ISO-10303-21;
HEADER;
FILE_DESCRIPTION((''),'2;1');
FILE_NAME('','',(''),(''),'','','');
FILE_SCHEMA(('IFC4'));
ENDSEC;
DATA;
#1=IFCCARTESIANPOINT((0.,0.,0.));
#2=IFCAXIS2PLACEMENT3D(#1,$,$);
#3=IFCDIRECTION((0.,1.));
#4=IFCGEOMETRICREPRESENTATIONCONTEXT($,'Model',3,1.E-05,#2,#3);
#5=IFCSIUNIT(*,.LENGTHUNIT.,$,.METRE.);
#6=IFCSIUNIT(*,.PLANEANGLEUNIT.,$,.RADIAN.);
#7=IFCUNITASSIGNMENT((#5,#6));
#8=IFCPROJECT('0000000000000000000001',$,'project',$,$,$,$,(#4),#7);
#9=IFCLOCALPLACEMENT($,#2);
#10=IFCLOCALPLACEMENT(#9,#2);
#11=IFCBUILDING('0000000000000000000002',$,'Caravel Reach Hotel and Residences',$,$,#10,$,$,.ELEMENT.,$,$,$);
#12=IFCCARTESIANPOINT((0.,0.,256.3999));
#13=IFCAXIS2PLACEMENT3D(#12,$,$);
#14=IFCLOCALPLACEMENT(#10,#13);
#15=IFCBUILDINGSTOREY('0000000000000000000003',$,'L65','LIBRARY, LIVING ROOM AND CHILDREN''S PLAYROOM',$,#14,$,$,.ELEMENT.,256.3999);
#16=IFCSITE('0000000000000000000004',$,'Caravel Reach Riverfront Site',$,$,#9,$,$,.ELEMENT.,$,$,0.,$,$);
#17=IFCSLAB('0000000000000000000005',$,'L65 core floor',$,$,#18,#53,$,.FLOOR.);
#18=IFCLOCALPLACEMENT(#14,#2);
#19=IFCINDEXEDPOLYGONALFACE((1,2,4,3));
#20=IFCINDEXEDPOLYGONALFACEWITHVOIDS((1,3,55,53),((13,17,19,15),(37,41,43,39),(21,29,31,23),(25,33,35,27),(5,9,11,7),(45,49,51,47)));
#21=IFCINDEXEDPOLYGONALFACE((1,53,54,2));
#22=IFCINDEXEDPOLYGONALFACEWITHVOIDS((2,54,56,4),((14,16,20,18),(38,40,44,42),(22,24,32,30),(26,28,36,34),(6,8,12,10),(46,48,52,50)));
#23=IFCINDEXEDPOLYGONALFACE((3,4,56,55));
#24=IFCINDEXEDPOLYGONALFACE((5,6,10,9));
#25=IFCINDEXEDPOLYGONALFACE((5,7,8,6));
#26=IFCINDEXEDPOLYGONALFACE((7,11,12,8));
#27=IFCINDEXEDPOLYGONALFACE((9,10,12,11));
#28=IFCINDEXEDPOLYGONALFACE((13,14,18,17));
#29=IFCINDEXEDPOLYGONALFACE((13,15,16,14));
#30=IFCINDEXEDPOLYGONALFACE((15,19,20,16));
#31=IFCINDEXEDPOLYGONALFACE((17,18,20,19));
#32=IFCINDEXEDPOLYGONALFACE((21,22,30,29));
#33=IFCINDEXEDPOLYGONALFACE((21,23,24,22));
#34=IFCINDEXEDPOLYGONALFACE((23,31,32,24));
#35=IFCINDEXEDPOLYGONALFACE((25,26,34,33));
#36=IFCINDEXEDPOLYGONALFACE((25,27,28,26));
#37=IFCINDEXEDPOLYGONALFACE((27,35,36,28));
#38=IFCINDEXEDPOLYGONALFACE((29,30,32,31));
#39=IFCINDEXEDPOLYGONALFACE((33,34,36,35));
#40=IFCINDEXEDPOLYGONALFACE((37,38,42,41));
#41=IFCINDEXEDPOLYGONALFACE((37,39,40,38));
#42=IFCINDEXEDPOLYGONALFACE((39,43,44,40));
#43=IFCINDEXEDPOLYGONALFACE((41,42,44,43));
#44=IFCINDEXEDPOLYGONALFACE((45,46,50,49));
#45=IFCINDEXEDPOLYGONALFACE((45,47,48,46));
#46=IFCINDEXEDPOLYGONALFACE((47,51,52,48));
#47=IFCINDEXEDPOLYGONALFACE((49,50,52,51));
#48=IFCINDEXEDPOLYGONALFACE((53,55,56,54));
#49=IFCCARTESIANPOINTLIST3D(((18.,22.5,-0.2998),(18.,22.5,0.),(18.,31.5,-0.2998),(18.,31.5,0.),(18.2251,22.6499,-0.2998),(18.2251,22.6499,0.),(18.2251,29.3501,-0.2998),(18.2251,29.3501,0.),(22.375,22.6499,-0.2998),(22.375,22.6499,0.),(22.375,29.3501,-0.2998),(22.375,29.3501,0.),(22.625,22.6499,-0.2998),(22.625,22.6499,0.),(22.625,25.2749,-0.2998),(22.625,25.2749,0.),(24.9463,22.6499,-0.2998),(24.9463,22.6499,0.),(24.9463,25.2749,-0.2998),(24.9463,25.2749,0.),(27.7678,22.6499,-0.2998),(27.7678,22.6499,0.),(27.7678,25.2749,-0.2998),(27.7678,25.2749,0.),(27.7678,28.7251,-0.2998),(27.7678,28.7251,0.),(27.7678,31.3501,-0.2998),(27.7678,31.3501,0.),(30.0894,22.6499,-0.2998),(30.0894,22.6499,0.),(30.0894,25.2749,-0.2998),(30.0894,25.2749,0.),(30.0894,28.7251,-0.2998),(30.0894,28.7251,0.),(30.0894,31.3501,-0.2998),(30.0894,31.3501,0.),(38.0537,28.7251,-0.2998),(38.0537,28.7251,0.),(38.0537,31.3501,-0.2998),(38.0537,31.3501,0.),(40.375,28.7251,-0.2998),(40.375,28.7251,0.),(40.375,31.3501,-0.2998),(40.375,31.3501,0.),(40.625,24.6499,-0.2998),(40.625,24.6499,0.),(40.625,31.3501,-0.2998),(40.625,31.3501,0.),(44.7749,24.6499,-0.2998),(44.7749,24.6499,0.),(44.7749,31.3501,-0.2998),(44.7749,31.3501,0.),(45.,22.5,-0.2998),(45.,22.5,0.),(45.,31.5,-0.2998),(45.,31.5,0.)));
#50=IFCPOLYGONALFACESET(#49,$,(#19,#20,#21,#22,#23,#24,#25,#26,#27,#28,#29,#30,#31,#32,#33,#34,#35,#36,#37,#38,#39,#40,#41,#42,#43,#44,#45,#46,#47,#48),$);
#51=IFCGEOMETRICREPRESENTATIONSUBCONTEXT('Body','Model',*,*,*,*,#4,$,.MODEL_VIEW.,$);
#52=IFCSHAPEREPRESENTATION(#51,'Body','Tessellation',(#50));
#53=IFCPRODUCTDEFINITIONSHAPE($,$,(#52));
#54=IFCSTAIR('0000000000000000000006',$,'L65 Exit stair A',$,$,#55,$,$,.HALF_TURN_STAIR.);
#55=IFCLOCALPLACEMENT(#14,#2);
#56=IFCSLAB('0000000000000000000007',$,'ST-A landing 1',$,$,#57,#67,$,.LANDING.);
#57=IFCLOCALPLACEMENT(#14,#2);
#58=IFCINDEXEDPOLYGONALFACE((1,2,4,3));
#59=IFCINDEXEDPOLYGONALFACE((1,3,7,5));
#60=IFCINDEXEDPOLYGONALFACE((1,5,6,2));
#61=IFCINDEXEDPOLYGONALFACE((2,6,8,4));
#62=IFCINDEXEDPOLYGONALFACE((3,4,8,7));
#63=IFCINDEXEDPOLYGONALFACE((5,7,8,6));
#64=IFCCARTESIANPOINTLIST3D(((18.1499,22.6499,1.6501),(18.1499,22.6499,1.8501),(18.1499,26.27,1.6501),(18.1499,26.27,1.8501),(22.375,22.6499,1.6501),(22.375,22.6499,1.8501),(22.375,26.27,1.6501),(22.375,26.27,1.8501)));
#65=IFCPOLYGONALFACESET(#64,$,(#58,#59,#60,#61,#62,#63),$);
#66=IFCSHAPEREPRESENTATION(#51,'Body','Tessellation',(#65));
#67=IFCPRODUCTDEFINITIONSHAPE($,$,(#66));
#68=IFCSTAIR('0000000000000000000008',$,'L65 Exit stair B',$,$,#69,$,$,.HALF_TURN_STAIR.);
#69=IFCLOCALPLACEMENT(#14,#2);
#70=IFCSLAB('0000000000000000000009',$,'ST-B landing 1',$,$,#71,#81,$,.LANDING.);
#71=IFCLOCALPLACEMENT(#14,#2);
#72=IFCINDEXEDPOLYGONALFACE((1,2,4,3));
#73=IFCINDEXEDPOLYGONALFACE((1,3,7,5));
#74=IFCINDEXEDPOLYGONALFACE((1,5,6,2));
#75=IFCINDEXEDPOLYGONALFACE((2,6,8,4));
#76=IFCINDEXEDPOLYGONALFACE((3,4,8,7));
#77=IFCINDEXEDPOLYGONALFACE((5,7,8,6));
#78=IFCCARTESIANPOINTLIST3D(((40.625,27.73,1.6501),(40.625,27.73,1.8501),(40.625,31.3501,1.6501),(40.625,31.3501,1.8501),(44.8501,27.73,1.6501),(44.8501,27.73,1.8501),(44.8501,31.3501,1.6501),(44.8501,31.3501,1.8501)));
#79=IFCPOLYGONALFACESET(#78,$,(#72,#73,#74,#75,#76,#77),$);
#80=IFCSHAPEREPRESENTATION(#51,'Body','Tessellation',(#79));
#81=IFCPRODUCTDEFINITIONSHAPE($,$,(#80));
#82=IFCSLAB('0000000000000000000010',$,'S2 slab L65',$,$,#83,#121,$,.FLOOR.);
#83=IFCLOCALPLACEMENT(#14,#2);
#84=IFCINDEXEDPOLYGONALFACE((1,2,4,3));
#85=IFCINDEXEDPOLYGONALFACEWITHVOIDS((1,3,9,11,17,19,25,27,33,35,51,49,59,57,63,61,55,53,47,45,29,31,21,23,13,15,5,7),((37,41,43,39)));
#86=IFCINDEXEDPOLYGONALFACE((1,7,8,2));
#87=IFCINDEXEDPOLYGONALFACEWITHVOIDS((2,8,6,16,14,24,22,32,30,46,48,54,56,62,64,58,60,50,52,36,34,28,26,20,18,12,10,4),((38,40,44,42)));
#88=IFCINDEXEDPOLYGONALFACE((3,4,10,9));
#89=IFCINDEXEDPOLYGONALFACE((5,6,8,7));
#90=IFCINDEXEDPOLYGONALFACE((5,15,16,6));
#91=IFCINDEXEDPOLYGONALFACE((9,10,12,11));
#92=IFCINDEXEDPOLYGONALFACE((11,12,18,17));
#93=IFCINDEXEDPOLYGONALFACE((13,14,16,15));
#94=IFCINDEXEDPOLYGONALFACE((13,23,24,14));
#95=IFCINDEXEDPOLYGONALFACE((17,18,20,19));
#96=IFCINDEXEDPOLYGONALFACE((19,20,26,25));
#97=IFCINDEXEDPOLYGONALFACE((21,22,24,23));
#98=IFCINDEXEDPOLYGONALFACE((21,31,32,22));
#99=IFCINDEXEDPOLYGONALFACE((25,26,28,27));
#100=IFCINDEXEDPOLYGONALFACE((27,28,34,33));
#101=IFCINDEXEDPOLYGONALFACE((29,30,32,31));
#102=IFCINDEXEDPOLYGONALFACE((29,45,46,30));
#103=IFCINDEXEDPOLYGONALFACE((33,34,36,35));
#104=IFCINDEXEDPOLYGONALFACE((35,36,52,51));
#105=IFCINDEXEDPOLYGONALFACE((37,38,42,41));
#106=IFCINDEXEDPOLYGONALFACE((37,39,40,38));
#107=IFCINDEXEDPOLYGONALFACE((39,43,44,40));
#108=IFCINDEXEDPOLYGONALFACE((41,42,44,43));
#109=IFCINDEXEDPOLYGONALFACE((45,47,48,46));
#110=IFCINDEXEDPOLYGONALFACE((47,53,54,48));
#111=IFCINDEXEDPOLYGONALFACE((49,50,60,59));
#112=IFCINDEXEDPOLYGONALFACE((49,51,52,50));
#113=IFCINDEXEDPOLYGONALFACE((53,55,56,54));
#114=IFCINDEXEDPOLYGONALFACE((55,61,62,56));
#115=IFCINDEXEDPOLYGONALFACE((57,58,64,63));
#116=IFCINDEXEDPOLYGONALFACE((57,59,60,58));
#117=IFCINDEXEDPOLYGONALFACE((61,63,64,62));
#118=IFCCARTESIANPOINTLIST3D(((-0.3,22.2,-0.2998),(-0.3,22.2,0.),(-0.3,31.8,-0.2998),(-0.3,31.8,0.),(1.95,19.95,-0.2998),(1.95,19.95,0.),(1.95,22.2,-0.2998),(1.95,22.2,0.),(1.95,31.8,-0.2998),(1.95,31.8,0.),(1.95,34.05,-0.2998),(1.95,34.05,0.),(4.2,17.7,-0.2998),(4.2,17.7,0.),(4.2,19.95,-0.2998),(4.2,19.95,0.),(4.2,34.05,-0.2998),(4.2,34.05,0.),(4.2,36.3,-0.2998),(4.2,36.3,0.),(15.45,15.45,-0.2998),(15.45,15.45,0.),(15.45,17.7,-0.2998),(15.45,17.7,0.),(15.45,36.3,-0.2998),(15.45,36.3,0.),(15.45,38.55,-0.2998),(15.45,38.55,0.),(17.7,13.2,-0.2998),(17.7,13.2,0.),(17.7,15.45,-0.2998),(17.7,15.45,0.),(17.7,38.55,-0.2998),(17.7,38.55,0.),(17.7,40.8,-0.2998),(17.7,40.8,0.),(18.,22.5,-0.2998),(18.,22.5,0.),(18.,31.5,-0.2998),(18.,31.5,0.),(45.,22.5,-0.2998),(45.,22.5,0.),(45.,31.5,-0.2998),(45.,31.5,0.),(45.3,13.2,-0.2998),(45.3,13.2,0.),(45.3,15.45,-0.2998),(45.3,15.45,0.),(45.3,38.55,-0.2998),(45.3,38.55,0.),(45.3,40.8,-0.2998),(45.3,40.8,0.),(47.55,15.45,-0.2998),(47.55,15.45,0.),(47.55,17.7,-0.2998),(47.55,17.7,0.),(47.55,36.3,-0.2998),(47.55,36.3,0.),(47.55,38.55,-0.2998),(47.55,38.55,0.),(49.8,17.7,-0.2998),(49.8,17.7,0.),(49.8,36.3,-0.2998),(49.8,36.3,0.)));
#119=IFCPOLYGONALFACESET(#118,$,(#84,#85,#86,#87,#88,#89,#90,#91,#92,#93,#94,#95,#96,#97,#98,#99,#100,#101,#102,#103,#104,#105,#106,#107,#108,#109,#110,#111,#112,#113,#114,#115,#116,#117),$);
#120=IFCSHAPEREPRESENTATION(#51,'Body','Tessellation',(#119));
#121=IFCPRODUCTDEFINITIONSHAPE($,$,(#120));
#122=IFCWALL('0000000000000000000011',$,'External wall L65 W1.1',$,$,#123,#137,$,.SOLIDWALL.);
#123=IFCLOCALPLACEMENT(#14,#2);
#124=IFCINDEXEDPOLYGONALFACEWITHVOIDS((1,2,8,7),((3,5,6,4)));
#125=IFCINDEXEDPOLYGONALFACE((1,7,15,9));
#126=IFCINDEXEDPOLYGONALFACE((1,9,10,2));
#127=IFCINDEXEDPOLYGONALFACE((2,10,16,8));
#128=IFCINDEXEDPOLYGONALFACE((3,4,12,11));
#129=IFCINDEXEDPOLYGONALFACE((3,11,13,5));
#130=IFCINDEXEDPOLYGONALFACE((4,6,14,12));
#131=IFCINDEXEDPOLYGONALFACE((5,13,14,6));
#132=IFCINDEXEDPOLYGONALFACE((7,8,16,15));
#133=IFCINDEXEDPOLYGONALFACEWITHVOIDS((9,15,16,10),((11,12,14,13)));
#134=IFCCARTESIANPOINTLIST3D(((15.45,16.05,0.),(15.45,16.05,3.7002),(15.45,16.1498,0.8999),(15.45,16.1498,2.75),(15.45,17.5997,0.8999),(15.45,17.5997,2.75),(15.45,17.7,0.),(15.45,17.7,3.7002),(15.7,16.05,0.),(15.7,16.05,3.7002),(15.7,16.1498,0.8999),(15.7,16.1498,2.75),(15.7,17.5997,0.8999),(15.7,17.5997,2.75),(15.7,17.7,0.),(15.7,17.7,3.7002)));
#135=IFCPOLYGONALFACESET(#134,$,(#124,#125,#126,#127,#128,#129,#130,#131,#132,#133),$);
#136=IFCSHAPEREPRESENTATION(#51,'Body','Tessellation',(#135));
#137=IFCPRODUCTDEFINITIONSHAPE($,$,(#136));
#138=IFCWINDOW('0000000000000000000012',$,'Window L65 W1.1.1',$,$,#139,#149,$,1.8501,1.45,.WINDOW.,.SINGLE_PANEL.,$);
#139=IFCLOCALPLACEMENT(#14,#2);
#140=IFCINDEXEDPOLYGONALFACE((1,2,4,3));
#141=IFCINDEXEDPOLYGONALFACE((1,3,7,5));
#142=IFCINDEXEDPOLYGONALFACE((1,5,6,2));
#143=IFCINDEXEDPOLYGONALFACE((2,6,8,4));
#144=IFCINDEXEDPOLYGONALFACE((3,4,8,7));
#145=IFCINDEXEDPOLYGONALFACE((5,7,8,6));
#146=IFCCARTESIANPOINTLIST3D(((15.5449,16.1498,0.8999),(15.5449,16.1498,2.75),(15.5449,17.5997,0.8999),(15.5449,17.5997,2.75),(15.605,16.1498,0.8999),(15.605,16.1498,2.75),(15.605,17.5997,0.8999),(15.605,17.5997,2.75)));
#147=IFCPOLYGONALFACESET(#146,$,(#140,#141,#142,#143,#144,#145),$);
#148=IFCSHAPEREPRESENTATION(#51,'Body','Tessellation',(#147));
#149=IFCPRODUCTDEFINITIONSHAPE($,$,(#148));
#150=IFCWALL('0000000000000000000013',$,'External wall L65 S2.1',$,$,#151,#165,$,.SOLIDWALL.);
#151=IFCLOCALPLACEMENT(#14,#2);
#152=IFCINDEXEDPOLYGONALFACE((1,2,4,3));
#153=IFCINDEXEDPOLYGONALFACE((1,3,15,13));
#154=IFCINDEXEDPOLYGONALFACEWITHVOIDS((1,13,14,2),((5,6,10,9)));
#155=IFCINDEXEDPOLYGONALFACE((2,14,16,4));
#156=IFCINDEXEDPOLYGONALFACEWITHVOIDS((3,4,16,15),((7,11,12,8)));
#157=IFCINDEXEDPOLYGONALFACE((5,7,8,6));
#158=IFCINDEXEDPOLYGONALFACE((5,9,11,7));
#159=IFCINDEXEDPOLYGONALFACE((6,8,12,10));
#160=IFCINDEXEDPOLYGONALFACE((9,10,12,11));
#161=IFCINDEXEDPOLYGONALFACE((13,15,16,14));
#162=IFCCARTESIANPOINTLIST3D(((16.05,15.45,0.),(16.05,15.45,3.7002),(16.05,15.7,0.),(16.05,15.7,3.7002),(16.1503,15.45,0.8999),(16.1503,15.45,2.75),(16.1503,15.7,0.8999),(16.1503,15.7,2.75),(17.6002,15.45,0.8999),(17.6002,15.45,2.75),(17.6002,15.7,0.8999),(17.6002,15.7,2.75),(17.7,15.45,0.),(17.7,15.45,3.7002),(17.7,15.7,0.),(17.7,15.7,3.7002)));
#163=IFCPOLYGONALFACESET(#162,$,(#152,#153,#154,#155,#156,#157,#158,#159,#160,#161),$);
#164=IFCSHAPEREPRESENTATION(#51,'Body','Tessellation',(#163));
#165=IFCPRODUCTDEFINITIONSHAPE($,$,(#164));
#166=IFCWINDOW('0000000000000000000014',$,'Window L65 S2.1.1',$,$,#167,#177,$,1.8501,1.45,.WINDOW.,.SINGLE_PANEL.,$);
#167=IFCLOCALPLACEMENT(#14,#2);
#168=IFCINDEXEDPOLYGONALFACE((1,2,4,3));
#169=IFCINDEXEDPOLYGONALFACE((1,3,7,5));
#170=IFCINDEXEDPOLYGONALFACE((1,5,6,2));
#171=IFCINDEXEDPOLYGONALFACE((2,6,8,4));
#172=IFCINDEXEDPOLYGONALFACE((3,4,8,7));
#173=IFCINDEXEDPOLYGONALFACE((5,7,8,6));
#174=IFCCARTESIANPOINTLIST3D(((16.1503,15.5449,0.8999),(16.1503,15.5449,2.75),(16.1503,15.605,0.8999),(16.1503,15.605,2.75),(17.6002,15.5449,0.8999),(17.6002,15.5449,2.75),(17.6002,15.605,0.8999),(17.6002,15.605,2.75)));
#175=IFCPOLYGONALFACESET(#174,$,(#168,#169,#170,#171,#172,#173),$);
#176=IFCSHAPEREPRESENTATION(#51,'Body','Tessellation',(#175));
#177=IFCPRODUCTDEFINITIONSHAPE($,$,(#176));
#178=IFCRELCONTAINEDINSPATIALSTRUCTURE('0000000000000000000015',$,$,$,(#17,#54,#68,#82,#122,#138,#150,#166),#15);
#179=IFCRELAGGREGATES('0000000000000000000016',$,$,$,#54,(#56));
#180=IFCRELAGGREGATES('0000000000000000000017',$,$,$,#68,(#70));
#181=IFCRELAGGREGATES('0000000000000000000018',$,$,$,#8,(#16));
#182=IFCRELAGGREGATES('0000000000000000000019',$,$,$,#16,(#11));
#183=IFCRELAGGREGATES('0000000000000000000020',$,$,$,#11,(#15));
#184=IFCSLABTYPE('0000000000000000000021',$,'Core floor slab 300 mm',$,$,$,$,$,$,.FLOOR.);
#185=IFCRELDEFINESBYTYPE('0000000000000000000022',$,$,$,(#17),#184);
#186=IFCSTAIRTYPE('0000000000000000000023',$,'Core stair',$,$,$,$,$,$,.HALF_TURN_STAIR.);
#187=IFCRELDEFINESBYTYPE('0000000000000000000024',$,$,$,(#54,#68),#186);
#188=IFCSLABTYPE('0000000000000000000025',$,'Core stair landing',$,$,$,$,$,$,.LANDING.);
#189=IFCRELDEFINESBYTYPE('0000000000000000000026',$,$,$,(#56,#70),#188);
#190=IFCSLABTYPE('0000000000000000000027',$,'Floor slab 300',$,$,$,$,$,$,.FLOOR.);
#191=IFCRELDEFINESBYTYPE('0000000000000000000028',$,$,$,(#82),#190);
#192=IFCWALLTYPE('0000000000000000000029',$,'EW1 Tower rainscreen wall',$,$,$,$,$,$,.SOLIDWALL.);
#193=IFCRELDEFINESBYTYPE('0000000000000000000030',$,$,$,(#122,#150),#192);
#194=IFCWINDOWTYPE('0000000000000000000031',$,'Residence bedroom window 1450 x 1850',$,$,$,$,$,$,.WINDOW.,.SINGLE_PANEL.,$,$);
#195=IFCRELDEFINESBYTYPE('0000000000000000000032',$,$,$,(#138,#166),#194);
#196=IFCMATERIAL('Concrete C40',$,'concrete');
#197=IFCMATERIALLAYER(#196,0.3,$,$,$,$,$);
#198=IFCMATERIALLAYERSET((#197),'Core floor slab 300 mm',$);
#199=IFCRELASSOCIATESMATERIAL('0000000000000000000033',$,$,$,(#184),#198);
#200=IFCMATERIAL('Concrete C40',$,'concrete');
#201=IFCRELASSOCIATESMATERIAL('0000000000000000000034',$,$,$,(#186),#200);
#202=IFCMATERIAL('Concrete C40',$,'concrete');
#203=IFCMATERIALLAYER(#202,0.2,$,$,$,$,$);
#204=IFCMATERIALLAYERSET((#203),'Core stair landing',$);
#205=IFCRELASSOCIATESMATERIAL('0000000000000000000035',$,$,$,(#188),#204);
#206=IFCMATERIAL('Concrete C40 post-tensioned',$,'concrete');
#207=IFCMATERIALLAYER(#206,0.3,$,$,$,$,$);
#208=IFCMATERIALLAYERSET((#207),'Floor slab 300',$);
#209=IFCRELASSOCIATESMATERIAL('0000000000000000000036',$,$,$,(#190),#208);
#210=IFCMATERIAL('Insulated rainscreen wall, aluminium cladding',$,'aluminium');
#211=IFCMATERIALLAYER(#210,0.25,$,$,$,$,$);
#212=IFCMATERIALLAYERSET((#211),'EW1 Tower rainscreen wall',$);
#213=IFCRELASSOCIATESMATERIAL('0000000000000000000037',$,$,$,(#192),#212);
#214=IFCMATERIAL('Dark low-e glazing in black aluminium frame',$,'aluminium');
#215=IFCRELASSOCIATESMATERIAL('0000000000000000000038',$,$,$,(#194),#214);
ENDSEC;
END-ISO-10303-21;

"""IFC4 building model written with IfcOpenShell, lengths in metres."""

from ifc_helpers import new_model, si_unit, direction, frame, frame_2d, origin, place, context, subcontext, project, spatial, polyline, rectangle, outline, extrude, material, layer, layer_set, type_object, element, fill, aggregate, save


model = new_model("IFC4")

# Units and contexts
model_context = context("Model", 3, precision=1e-05, world=origin(), true_north=direction((0.0, 1.0)))
body_context = subcontext(model_context, "Body", "Model", "MODEL_VIEW")
ifc_project = project(units=[si_unit("LENGTHUNIT", "METRE"), si_unit("PLANEANGLEUNIT", "RADIAN")], contexts=[model_context])

# Site, building, storey
site_placement = place(None, origin())
site = spatial("IfcSite", under=ifc_project, at=site_placement, Name="Caravel Reach Riverfront Site", CompositionType="ELEMENT", RefElevation=0.0)
building_placement = place(site_placement, origin())
building = spatial("IfcBuilding", under=site, at=building_placement, Name="Caravel Reach Hotel and Residences", CompositionType="ELEMENT")
storey_placement = place(building_placement, frame((0.0, 0.0, 256.3999)))
storey = spatial("IfcBuildingStorey", under=building, at=storey_placement, Name="L65", Description="LIBRARY, LIVING ROOM AND CHILDREN'S PLAYROOM", CompositionType="ELEMENT", Elevation=256.3999)

# Slab
ifc_material_1 = material(Name="Concrete C40", Category="concrete")
ifc_layer_1 = layer(ifc_material_1, 0.3)
ifc_layer_set_1 = layer_set([ifc_layer_1], Name="Core floor slab 300 mm")
slab_type_1 = type_object("IfcSlabType", Name="Core floor slab 300 mm", PredefinedType="FLOOR", material=ifc_layer_set_1)
slab_1_placement = place(storey_placement, frame((0.0, 0.0, -0.2998)))
element("IfcSlab", 1, at=slab_1_placement, inside=storey, type_object=slab_type_1, Name="L65 core floor", PredefinedType="FLOOR", context=body_context, shape_type="SweptSolid", body=[
    extrude(outline(polyline([(18.0, 31.5), (45.0, 31.5), (45.0, 22.5), (18.0, 22.5), (18.0, 31.5)]), holes=[polyline([(22.625, 22.6499), (24.9463, 22.6499), (24.9463, 25.2749), (22.625, 25.2749), (22.625, 22.6499)]), polyline([(27.7678, 25.2749), (27.7678, 22.6499), (30.0894, 22.6499), (30.0894, 25.2749), (27.7678, 25.2749)]), polyline([(22.375, 22.6499), (22.375, 29.3501), (18.2251, 29.3501), (18.2251, 22.6499), (22.375, 22.6499)]), polyline([(40.625, 24.6499), (44.7749, 24.6499), (44.7749, 31.3501), (40.625, 31.3501), (40.625, 24.6499)]), polyline([(27.7678, 31.3501), (27.7678, 28.7251), (30.0894, 28.7251), (30.0894, 31.3501), (27.7678, 31.3501)]), polyline([(38.0537, 31.3501), (38.0537, 28.7251), (40.375, 28.7251), (40.375, 31.3501), (38.0537, 31.3501)])]), origin(), (0.0, 0.0, 1.0), 0.2998),
])

# Stairs, slabs
ifc_material_2 = material(Name="Concrete C40", Category="concrete")
stair_type = type_object("IfcStairType", Name="Core stair", PredefinedType="HALF_TURN_STAIR", material=ifc_material_2)
stair_1_placement = place(storey_placement, origin())
stair_1 = element("IfcStair", 2, at=stair_1_placement, inside=storey, type_object=stair_type, Name="L65 Exit stair A", PredefinedType="HALF_TURN_STAIR")
ifc_material_3 = material(Name="Concrete C40", Category="concrete")
ifc_layer_2 = layer(ifc_material_3, 0.2)
ifc_layer_set_2 = layer_set([ifc_layer_2], Name="Core stair landing")
slab_type_2 = type_object("IfcSlabType", Name="Core stair landing", PredefinedType="LANDING", material=ifc_layer_set_2)
slab_2_placement = place(storey_placement, frame((0.0, 0.0, 1.6501)))
slab_2 = element("IfcSlab", 3, at=slab_2_placement, type_object=slab_type_2, Name="ST-A landing 1", PredefinedType="LANDING", context=body_context, shape_type="SweptSolid", body=[
    extrude(outline(polyline([(18.1499, 26.27), (18.1499, 22.6499), (22.375, 22.6499), (22.375, 26.27), (18.1499, 26.27)])), origin(), (0.0, 0.0, 1.0), 0.2),
])
aggregate(stair_1, [slab_2])
stair_2_placement = place(storey_placement, origin())
stair_2 = element("IfcStair", 4, at=stair_2_placement, inside=storey, type_object=stair_type, Name="L65 Exit stair B", PredefinedType="HALF_TURN_STAIR")
slab_3_placement = place(storey_placement, frame((0.0, 0.0, 1.6501)))
slab_3 = element("IfcSlab", 5, at=slab_3_placement, type_object=slab_type_2, Name="ST-B landing 1", PredefinedType="LANDING", context=body_context, shape_type="SweptSolid", body=[
    extrude(outline(polyline([(44.8501, 27.73), (44.8501, 31.3501), (40.625, 31.3501), (40.625, 27.73), (44.8501, 27.73)])), origin(), (0.0, 0.0, 1.0), 0.2),
])
aggregate(stair_2, [slab_3])

# Slab
ifc_material_4 = material(Name="Concrete C40 post-tensioned", Category="concrete")
ifc_layer_3 = layer(ifc_material_4, 0.3)
ifc_layer_set_3 = layer_set([ifc_layer_3], Name="Floor slab 300")
slab_type_3 = type_object("IfcSlabType", Name="Floor slab 300", PredefinedType="FLOOR", material=ifc_layer_set_3)
slab_4_placement = place(storey_placement, frame((0.0, 0.0, -0.2998)))
element("IfcSlab", 6, at=slab_4_placement, inside=storey, type_object=slab_type_3, Name="S2 slab L65", PredefinedType="FLOOR", context=body_context, shape_type="SweptSolid", body=[
    extrude(outline(polyline([(4.2, 19.95), (1.95, 19.95), (1.95, 22.2), (-0.3, 22.2), (-0.3, 31.8), (1.95, 31.8), (1.95, 34.05), (4.2, 34.05), (4.2, 36.3), (15.45, 36.3), (15.45, 38.55), (17.7, 38.55), (17.7, 40.8), (45.3, 40.8), (45.3, 38.55), (47.55, 38.55), (47.55, 36.3), (49.8, 36.3), (49.8, 17.7), (47.55, 17.7), (47.55, 15.45), (45.3, 15.45), (45.3, 13.2), (17.7, 13.2), (17.7, 15.45), (15.45, 15.45), (15.45, 17.7), (4.2, 17.7), (4.2, 19.95)]), holes=[polyline([(45.0, 31.5), (18.0, 31.5), (18.0, 22.5), (45.0, 22.5), (45.0, 31.5)])]), origin(), (0.0, 0.0, 1.0), 0.2998),
])

# Walls, openings, windows
ifc_material_5 = material(Name="Insulated rainscreen wall, aluminium cladding", Category="aluminium")
ifc_layer_4 = layer(ifc_material_5, 0.25)
ifc_layer_set_4 = layer_set([ifc_layer_4], Name="EW1 Tower rainscreen wall")
wall_type_1 = type_object("IfcWallType", Name="EW1 Tower rainscreen wall", PredefinedType="SOLIDWALL", material=ifc_layer_set_4)
wall_1_placement = place(storey_placement, frame((15.575, 17.7, 0.0), z_axis=(0.0, 0.0, 1.0), x_axis=(0.0, -1.0, 0.0)))
wall_1 = element("IfcWall", 7, at=wall_1_placement, inside=storey, type_object=wall_type_1, Name="External wall L65 W1.1", PredefinedType="SOLIDWALL", context=body_context, shape_type="SweptSolid", body=[
    extrude(rectangle(XDim=1.6499, YDim=0.25, at=frame_2d((0.825, 0.0))), origin(), (0.0, 0.0, 1.0), 3.7002),
])
opening_1_placement = place(wall_1_placement, frame((0.1001, 0.0, 0.8999)))
opening_1 = element("IfcOpeningElement", 8, at=opening_1_placement, cuts=wall_1, PredefinedType="OPENING", context=body_context, shape_type="SweptSolid", body=[
    extrude(rectangle(XDim=1.45, YDim=1.8501, at=frame_2d((0.7251, 0.925))), frame((0.0, 0.135, 0.0), z_axis=(0.0, -1.0, 0.0), x_axis=(1.0, 0.0, 0.0)), (0.0, 0.0, 1.0), 0.27),
])
ifc_material_6 = material(Name="Dark low-e glazing in black aluminium frame", Category="aluminium")
window_type_1 = type_object("IfcWindowType", Name="Residence bedroom window 1450 x 1850", PartitioningType="SINGLE_PANEL", PredefinedType="WINDOW", material=ifc_material_6)
window_1_placement = place(opening_1_placement, origin())
window_1 = element("IfcWindow", 9, at=window_1_placement, inside=storey, type_object=window_type_1, Name="Window L65 W1.1.1", OverallHeight=1.8501, OverallWidth=1.45, PartitioningType="SINGLE_PANEL", PredefinedType="WINDOW", context=body_context, shape_type="SweptSolid", body=[
    extrude(rectangle(XDim=1.45, YDim=1.8501, at=frame_2d((0.7251, 0.925))), frame((0.0, 0.03, 0.0), z_axis=(0.0, -1.0, 0.0), x_axis=(1.0, 0.0, 0.0)), (0.0, 0.0, 1.0), 0.0601),
])
fill(opening_1, window_1)
wall_2_placement = place(storey_placement, frame((16.05, 15.575, 0.0), z_axis=(0.0, 0.0, 1.0), x_axis=(1.0, 0.0, 0.0)))
wall_2 = element("IfcWall", 10, at=wall_2_placement, inside=storey, type_object=wall_type_1, Name="External wall L65 S2.1", PredefinedType="SOLIDWALL", context=body_context, shape_type="SweptSolid", body=[
    extrude(rectangle(XDim=1.6499, YDim=0.25, at=frame_2d((0.825, 0.0))), origin(), (0.0, 0.0, 1.0), 3.7002),
])
opening_2_placement = place(wall_2_placement, frame((0.1001, 0.0, 0.8999)))
opening_2 = element("IfcOpeningElement", 11, at=opening_2_placement, cuts=wall_2, PredefinedType="OPENING", context=body_context, shape_type="SweptSolid", body=[
    extrude(rectangle(XDim=1.45, YDim=1.8501, at=frame_2d((0.7251, 0.925))), frame((0.0, 0.135, 0.0), z_axis=(0.0, -1.0, 0.0), x_axis=(1.0, 0.0, 0.0)), (0.0, 0.0, 1.0), 0.27),
])
window_2_placement = place(opening_2_placement, origin())
window_2 = element("IfcWindow", 12, at=window_2_placement, inside=storey, type_object=window_type_1, Name="Window L65 S2.1.1", OverallHeight=1.8501, OverallWidth=1.45, PartitioningType="SINGLE_PANEL", PredefinedType="WINDOW", context=body_context, shape_type="SweptSolid", body=[
    extrude(rectangle(XDim=1.45, YDim=1.8501, at=frame_2d((0.7251, 0.925))), frame((0.0, 0.03, 0.0), z_axis=(0.0, -1.0, 0.0), x_axis=(1.0, 0.0, 0.0)), (0.0, 0.0, 1.0), 0.0601),
])
fill(opening_2, window_2)

save(model, "model.ifc")
